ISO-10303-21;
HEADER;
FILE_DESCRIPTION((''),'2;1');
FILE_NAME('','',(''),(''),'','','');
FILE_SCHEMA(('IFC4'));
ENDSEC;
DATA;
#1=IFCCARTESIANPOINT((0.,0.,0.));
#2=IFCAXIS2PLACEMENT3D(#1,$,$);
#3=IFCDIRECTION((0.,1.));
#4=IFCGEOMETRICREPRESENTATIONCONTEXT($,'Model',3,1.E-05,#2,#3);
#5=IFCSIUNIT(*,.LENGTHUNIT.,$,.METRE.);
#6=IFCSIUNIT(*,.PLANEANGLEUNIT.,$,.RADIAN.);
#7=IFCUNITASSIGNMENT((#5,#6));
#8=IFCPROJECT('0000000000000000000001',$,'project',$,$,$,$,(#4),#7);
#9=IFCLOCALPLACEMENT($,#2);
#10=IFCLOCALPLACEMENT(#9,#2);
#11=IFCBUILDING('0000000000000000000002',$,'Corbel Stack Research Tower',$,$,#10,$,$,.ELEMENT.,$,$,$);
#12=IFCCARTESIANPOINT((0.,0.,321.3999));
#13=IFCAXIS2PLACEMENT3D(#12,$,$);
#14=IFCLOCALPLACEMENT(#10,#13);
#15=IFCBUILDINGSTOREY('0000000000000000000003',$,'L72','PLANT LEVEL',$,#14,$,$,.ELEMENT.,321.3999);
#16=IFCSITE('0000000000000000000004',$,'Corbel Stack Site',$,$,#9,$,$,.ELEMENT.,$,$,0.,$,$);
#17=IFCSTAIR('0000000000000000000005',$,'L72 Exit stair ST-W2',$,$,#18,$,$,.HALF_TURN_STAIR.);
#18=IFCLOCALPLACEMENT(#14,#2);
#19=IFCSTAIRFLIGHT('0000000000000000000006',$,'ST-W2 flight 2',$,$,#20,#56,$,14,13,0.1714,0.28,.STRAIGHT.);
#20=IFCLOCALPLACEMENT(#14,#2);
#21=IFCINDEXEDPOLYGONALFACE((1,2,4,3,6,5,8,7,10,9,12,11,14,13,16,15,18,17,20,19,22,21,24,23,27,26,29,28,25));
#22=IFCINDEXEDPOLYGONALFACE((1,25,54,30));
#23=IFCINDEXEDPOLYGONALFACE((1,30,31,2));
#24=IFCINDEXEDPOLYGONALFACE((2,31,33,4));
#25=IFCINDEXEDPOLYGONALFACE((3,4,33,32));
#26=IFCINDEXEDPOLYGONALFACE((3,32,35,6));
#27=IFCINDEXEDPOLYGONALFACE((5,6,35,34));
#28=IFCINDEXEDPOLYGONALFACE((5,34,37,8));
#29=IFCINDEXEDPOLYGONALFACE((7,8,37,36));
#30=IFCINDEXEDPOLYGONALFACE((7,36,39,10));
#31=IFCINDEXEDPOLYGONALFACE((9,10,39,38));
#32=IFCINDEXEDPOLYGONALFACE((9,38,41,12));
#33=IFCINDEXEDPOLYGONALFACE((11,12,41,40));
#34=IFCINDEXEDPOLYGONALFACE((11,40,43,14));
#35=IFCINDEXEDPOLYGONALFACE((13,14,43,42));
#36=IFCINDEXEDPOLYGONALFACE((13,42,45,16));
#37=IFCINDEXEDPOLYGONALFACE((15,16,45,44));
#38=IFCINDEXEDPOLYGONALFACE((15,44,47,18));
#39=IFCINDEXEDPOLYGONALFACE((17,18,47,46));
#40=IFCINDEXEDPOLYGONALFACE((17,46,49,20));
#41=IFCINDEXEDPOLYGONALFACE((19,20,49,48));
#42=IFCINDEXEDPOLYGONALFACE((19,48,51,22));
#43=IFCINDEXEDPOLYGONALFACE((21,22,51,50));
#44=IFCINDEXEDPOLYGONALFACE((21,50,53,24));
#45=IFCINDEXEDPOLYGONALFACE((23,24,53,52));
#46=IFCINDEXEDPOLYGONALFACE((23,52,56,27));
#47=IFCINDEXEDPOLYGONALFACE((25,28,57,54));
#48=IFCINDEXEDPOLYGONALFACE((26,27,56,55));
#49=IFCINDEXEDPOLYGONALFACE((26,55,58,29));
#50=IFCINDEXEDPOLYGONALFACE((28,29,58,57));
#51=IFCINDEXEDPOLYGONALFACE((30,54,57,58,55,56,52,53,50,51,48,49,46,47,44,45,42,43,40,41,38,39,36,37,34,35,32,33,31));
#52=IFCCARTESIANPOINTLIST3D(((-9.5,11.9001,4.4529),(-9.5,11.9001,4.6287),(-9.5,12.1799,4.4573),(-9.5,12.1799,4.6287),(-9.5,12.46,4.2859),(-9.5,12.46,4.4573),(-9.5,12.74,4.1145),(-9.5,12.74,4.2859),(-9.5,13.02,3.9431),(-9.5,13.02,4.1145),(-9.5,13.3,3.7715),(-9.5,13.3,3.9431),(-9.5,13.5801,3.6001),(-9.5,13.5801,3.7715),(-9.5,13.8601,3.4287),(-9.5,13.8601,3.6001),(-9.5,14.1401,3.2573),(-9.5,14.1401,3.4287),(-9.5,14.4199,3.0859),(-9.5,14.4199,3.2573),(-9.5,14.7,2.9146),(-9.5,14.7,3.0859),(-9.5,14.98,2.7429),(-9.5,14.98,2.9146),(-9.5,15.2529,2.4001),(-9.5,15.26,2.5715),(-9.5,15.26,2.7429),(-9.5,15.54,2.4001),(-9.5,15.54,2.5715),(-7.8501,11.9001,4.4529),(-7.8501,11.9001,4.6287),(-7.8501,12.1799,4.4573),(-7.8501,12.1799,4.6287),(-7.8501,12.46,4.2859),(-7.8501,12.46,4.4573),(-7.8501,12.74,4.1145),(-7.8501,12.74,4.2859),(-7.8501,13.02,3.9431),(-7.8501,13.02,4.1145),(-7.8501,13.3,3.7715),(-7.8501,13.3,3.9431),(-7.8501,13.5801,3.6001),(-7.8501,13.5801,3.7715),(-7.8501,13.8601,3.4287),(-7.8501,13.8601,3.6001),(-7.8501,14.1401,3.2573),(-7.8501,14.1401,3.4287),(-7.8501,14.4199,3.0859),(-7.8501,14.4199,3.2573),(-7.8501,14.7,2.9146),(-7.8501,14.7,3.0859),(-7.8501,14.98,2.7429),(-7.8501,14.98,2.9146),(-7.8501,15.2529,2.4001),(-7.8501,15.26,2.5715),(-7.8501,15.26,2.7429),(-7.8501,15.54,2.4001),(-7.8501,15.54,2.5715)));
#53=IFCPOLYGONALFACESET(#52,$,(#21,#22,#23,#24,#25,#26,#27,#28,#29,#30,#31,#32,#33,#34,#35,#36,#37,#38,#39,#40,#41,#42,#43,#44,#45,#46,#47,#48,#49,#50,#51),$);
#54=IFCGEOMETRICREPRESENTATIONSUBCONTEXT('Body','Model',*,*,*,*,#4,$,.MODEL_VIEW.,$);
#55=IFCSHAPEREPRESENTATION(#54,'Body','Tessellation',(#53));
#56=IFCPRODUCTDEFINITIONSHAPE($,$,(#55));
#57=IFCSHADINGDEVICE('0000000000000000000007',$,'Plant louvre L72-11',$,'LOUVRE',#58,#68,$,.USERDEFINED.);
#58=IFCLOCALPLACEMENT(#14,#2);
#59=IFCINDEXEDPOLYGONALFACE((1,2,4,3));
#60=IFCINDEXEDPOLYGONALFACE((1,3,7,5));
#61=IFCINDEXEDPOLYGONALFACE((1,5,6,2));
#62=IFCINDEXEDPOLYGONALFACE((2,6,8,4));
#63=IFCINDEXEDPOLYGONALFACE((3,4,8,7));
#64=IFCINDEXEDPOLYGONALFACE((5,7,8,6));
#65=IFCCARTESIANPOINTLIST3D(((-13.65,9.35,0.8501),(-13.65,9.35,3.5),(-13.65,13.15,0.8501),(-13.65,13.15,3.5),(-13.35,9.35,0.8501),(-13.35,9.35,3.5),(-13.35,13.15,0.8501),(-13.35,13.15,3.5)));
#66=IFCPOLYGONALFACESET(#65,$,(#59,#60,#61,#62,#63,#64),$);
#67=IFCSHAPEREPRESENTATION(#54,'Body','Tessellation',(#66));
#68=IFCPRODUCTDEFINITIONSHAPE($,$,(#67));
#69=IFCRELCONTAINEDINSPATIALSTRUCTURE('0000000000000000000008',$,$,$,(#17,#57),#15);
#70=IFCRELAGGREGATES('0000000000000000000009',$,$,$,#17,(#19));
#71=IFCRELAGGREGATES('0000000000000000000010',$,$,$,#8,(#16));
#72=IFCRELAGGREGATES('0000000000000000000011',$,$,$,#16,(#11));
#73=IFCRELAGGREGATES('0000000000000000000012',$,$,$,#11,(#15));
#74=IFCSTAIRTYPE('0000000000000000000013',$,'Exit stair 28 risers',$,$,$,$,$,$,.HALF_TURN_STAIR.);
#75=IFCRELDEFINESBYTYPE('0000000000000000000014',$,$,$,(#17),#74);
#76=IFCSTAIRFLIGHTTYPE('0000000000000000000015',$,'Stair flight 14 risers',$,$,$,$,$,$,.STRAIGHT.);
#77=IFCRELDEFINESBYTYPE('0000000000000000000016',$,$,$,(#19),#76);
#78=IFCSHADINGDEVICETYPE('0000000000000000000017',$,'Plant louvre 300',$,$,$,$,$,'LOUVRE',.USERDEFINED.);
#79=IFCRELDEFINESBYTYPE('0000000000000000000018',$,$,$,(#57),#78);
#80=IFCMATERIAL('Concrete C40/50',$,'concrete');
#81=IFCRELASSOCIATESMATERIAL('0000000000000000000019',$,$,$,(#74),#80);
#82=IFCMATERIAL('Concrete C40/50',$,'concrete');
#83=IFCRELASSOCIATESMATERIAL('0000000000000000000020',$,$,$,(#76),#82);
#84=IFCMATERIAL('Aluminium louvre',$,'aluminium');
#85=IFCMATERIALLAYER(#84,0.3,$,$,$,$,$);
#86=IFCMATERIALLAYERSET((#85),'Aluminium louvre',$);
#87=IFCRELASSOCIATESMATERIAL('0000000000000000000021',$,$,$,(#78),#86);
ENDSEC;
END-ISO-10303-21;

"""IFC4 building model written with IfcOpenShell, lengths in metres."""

from ifc_helpers import new_model, si_unit, direction, frame, origin, origin_2d, place, context, subcontext, project, spatial, polyline, rectangle, outline, extrude, material, layer, layer_set, type_object, element, aggregate, save


model = new_model("IFC4")

# Units and contexts
model_context = context("Model", 3, precision=1e-05, world=origin(), true_north=direction((0.0, 1.0)))
body_context = subcontext(model_context, "Body", "Model", "MODEL_VIEW")
ifc_project = project(units=[si_unit("LENGTHUNIT", "METRE"), si_unit("PLANEANGLEUNIT", "RADIAN")], contexts=[model_context])

# Site, building, storey
site_placement = place(None, origin())
site = spatial("IfcSite", under=ifc_project, at=site_placement, Name="Corbel Stack Site", CompositionType="ELEMENT", RefElevation=0.0)
building_placement = place(site_placement, origin())
building = spatial("IfcBuilding", under=site, at=building_placement, Name="Corbel Stack Research Tower", CompositionType="ELEMENT")
storey_placement = place(building_placement, frame((0.0, 0.0, 321.3999)))
storey = spatial("IfcBuildingStorey", under=building, at=storey_placement, Name="L72", Description="PLANT LEVEL", CompositionType="ELEMENT", Elevation=321.3999)

# Stair, stair flight
ifc_material_1 = material(Name="Concrete C40/50", Category="concrete")
stair_type = type_object("IfcStairType", Name="Exit stair 28 risers", PredefinedType="HALF_TURN_STAIR", material=ifc_material_1)
stair_placement = place(storey_placement, origin())
stair = element("IfcStair", 1, at=stair_placement, inside=storey, type_object=stair_type, Name="L72 Exit stair ST-W2", PredefinedType="HALF_TURN_STAIR")
ifc_material_2 = material(Name="Concrete C40/50", Category="concrete")
stair_flight_type = type_object("IfcStairFlightType", Name="Stair flight 14 risers", PredefinedType="STRAIGHT", material=ifc_material_2)
stair_flight_1_placement = place(storey_placement, frame((-8.675, 15.54, 2.4001), z_axis=(0.0, 0.0, 1.0), x_axis=(0.0, -1.0, 0.0)))
stair_flight_1 = element("IfcStairFlight", 2, at=stair_flight_1_placement, type_object=stair_flight_type, Name="ST-W2 flight 2", NumberOfRisers=14, NumberOfTreads=13, PredefinedType="STRAIGHT", RiserHeight=0.1714, TreadLength=0.28, context=body_context, shape_type="SweptSolid", body=[
    extrude(outline(polyline([(0.0, 0.0), (0.0, 0.1714), (0.28, 0.1714), (0.28, 0.3428), (0.5601, 0.3428), (0.5601, 0.5144), (0.8401, 0.5144), (0.8401, 0.6858), (1.1201, 0.6858), (1.1201, 0.8572), (1.3999, 0.8572), (1.3999, 1.0286), (1.6799, 1.0286), (1.6799, 1.2), (1.96, 1.2), (1.96, 1.3713), (2.24, 1.3713), (2.24, 1.543), (2.52, 1.543), (2.52, 1.7144), (2.8, 1.7144), (2.8, 1.8857), (3.0801, 1.8857), (3.0801, 2.0571), (3.3601, 2.0571), (3.3601, 2.2285), (3.6399, 2.2285), (3.6399, 2.3999), (3.6399, 2.0527), (0.2871, 0.0), (0.0, 0.0)])), frame((0.0, 0.825, 0.0), z_axis=(0.0, -1.0, 0.0), x_axis=(1.0, 0.0, 0.0)), (0.0, 0.0, 1.0), 1.6499),
])
aggregate(stair, [stair_flight_1])

# Shading device
ifc_material_3 = material(Name="Aluminium louvre", Category="aluminium")
ifc_layer_1 = layer(ifc_material_3, 0.3)
ifc_layer_set_1 = layer_set([ifc_layer_1], Name="Aluminium louvre")
shading_device_type = type_object("IfcShadingDeviceType", Name="Plant louvre 300", ElementType="LOUVRE", PredefinedType="USERDEFINED", material=ifc_layer_set_1)
shading_device_placement = place(storey_placement, frame((-13.5, 11.25, 0.8501), z_axis=(0.0, 0.0, 1.0), x_axis=(0.0, -1.0, 0.0)))
element("IfcShadingDevice", 3, at=shading_device_placement, inside=storey, type_object=shading_device_type, Name="Plant louvre L72-11", ObjectType="LOUVRE", PredefinedType="USERDEFINED", context=body_context, shape_type="SweptSolid", body=[
    extrude(rectangle(XDim=3.8, YDim=0.3, at=origin_2d()), origin(), (0.0, 0.0, 1.0), 2.6499),
])

save(model, "model.ifc")
